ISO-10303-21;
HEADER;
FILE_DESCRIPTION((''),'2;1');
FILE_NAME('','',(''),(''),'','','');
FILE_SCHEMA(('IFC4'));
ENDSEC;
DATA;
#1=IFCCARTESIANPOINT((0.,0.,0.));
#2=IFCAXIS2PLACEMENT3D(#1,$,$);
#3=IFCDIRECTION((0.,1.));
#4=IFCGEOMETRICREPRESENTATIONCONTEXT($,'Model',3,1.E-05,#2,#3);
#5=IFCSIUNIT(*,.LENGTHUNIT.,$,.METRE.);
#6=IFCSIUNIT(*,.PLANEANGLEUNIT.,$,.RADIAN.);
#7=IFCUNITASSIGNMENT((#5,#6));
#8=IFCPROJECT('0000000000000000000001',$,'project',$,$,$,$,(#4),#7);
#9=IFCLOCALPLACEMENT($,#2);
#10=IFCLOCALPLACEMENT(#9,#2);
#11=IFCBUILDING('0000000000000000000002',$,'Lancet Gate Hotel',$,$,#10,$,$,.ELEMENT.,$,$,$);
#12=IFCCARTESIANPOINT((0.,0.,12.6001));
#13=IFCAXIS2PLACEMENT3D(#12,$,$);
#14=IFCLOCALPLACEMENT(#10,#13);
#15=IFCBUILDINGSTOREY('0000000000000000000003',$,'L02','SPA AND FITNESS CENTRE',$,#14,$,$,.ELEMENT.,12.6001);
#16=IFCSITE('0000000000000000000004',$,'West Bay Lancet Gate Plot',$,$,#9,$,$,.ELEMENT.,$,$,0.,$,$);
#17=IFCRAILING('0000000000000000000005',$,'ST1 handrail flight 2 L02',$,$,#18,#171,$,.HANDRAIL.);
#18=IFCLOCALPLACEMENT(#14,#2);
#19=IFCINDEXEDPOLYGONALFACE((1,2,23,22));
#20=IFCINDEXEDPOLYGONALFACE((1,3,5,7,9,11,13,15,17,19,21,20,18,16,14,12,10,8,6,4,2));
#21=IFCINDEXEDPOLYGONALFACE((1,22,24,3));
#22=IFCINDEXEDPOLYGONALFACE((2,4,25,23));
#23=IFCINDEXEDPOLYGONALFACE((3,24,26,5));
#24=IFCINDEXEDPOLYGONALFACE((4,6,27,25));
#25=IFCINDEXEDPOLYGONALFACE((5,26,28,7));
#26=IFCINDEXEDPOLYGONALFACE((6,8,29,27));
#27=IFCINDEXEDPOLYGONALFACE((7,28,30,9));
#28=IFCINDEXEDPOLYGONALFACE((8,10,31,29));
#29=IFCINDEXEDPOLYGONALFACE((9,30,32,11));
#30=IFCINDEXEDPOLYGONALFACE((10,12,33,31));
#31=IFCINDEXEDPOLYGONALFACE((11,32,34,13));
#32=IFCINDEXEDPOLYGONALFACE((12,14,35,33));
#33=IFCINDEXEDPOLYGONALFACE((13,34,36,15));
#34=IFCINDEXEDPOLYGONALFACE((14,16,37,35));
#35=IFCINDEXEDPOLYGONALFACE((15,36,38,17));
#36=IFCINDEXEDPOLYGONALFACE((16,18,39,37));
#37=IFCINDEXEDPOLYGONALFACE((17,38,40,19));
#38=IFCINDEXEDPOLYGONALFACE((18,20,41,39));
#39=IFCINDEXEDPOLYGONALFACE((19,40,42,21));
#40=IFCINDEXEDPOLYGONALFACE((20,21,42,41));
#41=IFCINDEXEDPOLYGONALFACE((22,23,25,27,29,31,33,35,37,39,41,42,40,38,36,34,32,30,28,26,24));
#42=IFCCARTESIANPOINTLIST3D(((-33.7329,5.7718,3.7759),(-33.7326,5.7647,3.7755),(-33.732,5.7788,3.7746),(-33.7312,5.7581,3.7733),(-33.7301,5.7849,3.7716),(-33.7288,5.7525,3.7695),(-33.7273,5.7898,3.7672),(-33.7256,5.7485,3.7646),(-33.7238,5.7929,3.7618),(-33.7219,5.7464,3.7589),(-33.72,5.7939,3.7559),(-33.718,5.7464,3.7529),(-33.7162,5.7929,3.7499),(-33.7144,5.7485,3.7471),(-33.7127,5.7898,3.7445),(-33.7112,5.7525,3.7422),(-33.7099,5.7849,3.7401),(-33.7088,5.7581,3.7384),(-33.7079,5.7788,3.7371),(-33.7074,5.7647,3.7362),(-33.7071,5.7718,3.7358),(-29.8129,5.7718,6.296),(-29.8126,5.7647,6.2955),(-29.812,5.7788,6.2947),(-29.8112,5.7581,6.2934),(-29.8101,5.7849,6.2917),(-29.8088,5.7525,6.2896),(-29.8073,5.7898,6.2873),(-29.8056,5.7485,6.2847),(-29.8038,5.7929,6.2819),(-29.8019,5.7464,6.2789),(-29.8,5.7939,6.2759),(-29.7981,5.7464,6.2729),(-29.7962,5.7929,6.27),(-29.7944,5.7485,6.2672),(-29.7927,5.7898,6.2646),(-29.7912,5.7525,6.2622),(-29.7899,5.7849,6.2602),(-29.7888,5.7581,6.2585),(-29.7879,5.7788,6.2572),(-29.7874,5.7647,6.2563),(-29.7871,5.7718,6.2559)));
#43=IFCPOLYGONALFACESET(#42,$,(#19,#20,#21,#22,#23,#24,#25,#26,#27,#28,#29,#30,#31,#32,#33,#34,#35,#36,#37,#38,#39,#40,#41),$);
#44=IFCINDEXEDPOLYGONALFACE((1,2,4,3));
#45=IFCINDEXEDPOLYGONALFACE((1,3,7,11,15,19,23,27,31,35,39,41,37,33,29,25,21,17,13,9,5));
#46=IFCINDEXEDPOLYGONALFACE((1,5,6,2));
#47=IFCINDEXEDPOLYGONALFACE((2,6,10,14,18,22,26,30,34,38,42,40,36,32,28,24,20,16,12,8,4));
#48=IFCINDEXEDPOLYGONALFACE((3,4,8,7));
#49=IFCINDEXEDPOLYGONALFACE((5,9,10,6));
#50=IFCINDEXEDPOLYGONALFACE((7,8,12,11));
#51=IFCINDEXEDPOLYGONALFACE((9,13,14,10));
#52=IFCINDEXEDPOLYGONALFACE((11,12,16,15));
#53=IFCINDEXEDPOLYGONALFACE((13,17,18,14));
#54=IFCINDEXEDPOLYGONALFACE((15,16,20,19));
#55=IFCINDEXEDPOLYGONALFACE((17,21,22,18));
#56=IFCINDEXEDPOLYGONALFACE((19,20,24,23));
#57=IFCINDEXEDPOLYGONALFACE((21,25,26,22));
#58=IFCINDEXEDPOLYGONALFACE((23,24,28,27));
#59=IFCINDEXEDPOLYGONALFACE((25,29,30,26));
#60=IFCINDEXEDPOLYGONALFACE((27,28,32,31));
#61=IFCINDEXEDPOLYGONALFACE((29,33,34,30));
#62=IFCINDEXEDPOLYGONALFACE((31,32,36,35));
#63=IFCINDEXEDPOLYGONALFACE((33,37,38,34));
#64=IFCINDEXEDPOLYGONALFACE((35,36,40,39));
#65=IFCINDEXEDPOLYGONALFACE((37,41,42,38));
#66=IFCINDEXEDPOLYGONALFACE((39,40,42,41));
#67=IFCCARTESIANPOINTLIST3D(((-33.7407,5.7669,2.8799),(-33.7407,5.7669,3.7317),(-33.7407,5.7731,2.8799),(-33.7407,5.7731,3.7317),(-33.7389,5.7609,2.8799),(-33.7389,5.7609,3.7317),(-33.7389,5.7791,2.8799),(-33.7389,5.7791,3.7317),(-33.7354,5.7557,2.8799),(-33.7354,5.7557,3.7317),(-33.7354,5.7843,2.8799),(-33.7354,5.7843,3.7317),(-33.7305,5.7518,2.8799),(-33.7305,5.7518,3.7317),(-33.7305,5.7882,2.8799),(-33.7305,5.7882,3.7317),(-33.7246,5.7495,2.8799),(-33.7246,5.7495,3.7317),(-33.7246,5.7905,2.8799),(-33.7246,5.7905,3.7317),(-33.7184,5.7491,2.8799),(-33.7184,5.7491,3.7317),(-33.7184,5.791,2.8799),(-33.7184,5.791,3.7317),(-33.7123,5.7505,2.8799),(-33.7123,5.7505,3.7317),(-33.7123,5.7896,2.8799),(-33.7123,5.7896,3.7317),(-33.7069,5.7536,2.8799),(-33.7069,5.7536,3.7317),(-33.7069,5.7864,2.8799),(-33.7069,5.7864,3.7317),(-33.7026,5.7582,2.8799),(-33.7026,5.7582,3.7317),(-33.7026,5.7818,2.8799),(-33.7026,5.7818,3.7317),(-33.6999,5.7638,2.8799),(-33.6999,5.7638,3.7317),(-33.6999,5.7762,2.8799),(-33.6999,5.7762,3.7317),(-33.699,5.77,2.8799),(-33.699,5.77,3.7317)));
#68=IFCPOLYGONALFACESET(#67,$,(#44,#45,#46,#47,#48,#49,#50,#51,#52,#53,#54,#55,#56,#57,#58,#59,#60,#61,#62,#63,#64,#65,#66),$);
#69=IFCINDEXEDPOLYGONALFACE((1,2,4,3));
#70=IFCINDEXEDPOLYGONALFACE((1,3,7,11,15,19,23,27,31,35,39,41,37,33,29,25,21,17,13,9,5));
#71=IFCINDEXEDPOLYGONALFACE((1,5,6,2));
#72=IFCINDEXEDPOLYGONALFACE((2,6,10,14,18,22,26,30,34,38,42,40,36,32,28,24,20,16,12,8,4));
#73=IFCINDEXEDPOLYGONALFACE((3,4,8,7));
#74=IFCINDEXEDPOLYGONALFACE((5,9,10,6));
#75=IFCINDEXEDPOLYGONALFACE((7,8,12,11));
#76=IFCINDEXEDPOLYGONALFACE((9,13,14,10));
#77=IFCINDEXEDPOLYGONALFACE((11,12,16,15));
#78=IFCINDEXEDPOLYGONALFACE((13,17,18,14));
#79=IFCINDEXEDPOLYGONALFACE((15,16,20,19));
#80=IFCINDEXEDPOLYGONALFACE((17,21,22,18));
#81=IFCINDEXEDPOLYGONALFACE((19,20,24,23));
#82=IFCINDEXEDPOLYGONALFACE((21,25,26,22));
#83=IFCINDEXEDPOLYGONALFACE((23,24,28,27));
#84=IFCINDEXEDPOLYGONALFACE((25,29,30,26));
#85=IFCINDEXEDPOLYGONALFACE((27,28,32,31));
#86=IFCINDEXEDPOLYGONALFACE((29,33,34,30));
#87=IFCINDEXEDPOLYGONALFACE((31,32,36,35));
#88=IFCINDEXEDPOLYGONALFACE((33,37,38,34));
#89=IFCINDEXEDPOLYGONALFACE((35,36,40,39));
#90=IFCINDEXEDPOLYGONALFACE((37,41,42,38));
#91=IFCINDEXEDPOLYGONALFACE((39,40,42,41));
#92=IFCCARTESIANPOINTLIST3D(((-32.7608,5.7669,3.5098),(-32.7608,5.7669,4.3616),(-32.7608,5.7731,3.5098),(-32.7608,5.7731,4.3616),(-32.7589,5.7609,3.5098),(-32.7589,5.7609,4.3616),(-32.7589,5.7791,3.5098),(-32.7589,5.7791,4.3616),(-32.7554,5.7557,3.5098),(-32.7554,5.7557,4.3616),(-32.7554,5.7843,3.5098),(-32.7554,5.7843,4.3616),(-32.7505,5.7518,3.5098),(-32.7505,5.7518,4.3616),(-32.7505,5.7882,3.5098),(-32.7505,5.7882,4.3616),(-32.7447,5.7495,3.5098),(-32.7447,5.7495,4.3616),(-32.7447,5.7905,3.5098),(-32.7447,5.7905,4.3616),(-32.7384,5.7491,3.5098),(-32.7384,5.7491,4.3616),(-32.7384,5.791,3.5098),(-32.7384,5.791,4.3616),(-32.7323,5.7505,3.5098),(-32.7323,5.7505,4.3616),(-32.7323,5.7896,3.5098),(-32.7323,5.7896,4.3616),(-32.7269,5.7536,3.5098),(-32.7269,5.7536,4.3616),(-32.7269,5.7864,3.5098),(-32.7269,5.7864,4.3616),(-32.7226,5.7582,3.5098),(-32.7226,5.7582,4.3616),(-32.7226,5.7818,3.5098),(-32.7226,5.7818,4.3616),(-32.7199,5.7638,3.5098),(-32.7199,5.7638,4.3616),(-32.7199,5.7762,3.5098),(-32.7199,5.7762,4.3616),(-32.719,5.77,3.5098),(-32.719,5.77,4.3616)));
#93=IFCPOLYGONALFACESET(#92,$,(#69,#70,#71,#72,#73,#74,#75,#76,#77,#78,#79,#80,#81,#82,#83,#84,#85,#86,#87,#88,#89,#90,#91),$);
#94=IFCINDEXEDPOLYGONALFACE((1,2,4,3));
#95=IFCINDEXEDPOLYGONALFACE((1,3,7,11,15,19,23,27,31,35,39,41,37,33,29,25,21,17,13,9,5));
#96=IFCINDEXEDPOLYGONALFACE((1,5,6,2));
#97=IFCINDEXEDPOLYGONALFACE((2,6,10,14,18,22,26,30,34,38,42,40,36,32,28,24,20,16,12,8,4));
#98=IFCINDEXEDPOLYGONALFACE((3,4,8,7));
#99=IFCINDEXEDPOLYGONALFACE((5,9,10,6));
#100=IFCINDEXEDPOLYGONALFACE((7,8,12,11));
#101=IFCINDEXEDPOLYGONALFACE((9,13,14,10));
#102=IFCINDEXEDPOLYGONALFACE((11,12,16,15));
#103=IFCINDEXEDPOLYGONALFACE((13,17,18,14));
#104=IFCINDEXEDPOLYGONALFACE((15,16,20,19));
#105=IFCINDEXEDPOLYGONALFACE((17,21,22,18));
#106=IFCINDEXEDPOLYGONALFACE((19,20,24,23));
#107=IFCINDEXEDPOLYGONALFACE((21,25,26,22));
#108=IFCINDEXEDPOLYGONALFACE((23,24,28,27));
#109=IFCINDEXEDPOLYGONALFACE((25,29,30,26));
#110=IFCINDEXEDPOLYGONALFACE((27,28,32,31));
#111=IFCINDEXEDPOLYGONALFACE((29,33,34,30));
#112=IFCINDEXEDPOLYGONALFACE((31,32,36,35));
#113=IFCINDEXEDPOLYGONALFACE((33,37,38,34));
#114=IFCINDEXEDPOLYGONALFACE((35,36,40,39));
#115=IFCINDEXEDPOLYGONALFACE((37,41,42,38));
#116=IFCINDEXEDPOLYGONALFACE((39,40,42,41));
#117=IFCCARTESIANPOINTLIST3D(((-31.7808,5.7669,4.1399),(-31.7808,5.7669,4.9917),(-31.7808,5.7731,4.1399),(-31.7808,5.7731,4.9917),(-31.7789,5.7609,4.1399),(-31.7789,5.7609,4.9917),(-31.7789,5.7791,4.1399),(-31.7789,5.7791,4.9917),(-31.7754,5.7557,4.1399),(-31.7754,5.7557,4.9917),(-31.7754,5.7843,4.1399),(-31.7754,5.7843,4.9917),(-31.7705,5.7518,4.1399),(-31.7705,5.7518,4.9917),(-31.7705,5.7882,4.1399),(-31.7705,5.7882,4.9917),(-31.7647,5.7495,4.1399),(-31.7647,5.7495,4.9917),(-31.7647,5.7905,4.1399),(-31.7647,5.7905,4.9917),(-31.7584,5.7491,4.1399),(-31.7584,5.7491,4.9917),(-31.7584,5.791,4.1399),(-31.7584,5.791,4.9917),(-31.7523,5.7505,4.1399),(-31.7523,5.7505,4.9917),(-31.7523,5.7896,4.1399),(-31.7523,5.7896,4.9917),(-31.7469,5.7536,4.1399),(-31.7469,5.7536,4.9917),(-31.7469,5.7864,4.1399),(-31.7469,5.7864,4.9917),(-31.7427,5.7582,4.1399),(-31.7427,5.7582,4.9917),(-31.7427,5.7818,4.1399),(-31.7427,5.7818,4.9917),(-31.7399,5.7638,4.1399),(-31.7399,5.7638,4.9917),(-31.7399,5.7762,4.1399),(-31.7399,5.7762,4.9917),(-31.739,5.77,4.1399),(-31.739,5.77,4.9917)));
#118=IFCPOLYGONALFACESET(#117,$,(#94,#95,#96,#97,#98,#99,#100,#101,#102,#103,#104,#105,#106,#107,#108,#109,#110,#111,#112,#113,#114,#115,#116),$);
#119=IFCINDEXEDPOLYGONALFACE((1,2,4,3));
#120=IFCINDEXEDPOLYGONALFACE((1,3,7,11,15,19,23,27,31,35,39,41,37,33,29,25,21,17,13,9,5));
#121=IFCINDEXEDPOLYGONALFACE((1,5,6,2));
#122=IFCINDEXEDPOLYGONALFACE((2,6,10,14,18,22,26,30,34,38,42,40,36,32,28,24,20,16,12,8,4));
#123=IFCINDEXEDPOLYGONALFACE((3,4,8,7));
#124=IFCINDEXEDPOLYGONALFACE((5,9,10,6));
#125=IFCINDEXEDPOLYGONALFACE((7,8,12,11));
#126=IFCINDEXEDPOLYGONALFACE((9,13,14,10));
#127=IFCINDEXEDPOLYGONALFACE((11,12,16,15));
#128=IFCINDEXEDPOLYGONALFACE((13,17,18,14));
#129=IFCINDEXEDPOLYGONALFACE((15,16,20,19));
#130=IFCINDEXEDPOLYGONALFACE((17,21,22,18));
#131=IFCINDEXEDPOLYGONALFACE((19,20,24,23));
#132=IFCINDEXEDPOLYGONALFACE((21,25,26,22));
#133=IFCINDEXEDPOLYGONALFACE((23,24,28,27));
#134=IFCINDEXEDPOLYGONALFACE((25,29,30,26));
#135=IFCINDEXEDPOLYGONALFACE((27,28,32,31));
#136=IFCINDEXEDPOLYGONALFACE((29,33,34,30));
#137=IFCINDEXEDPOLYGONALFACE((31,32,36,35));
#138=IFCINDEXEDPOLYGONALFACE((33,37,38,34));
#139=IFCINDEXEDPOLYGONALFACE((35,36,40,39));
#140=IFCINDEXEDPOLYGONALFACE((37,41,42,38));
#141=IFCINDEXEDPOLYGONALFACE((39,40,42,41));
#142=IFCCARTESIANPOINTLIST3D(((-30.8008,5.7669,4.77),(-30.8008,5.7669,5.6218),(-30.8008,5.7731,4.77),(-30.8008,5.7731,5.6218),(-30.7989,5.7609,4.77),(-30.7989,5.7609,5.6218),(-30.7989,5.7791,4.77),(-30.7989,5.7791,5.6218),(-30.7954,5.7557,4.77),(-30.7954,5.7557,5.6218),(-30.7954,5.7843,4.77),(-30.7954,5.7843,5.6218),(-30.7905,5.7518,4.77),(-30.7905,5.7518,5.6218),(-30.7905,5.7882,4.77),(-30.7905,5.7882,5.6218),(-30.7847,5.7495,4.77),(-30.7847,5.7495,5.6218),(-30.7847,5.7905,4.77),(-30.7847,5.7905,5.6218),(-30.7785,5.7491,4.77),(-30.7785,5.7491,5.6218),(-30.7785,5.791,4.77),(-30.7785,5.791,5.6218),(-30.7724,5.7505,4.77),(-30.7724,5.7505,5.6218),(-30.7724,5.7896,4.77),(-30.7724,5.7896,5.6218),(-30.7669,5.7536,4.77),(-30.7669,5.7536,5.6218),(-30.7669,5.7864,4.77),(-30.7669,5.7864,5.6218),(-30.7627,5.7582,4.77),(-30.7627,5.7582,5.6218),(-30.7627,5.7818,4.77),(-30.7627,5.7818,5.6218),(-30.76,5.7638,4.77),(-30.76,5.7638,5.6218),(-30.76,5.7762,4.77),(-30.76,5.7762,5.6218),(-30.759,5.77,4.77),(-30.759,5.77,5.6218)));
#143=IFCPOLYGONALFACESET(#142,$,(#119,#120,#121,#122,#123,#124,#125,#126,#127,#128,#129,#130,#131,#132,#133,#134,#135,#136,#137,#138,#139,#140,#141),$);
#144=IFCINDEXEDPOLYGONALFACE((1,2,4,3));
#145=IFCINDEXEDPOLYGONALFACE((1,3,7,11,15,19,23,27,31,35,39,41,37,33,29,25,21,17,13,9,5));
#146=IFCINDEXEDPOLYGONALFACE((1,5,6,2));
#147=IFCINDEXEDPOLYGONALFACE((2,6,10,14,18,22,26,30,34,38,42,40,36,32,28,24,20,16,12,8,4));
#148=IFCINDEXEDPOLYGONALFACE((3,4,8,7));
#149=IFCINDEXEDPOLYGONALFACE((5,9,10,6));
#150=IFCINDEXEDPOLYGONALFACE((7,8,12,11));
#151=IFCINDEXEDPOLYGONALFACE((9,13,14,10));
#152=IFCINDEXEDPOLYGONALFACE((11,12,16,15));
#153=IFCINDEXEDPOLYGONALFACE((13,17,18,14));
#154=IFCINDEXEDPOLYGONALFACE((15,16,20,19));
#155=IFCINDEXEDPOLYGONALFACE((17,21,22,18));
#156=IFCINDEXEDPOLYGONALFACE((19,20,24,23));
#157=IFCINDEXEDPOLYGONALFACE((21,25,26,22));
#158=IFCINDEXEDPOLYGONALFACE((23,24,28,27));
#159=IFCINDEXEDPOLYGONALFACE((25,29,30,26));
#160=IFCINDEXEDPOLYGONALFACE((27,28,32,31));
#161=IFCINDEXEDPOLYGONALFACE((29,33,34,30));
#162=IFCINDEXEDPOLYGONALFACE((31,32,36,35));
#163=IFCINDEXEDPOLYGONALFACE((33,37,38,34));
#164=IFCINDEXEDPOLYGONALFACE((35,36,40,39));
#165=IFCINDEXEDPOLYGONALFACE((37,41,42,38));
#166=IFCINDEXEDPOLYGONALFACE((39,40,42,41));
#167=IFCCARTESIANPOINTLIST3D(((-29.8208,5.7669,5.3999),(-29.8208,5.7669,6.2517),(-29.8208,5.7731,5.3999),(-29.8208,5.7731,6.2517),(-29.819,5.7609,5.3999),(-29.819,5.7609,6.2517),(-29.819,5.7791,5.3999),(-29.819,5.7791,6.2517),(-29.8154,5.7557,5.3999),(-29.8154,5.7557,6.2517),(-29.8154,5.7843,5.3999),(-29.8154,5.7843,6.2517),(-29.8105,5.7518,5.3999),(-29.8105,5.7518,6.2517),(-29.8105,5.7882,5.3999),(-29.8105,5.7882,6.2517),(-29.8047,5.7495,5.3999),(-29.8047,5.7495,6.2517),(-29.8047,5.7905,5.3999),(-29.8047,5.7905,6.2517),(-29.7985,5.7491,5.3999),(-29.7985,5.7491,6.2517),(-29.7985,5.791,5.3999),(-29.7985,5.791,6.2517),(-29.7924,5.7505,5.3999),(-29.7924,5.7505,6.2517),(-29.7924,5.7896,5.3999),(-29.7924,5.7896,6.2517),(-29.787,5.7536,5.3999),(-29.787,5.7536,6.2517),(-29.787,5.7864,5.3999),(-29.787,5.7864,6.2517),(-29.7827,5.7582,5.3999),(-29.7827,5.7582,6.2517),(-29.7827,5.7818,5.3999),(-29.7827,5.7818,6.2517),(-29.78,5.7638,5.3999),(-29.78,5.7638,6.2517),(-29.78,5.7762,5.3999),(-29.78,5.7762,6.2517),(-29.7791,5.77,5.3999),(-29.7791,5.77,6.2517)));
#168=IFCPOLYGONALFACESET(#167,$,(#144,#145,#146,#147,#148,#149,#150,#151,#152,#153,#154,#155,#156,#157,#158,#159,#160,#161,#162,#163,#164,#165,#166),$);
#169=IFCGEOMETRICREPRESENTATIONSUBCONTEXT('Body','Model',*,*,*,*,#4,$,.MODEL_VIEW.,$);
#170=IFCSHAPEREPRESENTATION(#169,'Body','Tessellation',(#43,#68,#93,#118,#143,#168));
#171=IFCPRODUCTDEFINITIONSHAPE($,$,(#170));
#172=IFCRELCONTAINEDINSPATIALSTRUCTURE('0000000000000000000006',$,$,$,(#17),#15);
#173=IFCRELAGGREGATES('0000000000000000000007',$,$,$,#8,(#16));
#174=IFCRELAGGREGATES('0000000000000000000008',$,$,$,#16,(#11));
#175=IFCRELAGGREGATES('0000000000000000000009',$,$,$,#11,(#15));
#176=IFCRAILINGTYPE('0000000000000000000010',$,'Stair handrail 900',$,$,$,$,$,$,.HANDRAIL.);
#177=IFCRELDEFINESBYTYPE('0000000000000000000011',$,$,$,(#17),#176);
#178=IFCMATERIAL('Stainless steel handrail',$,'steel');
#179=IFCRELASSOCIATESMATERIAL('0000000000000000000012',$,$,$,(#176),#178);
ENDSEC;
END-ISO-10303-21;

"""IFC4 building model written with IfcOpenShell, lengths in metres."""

from ifc_helpers import new_model, si_unit, direction, frame, origin, origin_2d, place, context, subcontext, project, spatial, circle, extrude, material, type_object, element, save


model = new_model("IFC4")

# Units and contexts
model_context = context("Model", 3, precision=1e-05, world=origin(), true_north=direction((0.0, 1.0)))
body_context = subcontext(model_context, "Body", "Model", "MODEL_VIEW")
ifc_project = project(units=[si_unit("LENGTHUNIT", "METRE"), si_unit("PLANEANGLEUNIT", "RADIAN")], contexts=[model_context])

# Site, building, storey
site_placement = place(None, origin())
site = spatial("IfcSite", under=ifc_project, at=site_placement, Name="West Bay Lancet Gate Plot", CompositionType="ELEMENT", RefElevation=0.0)
building_placement = place(site_placement, origin())
building = spatial("IfcBuilding", under=site, at=building_placement, Name="Lancet Gate Hotel", CompositionType="ELEMENT")
storey_placement = place(building_placement, frame((0.0, 0.0, 12.6001)))
storey = spatial("IfcBuildingStorey", under=building, at=storey_placement, Name="L02", Description="SPA AND FITNESS CENTRE", CompositionType="ELEMENT", Elevation=12.6001)

# Railing
ifc_material_1 = material(Name="Stainless steel handrail", Category="steel")
railing_type = type_object("IfcRailingType", Name="Stair handrail 900", PredefinedType="HANDRAIL", material=ifc_material_1)
railing_1_placement = place(storey_placement, frame((-33.72, 5.77, 2.8799)))
element("IfcRailing", 1, at=railing_1_placement, inside=storey, type_object=railing_type, Name="ST1 handrail flight 2 L02", PredefinedType="HANDRAIL", context=body_context, shape_type="SweptSolid", body=[
    extrude(circle(Radius=0.0239, at=origin_2d()), frame((0.0, 0.0, 0.876), z_axis=(0.841172, 0.0, 0.540768), x_axis=(0.0, 1.0, 0.0)), (0.0, 0.0, 1.0), 4.6602),
    extrude(circle(Radius=0.021, at=origin_2d()), origin(), (0.0, 0.0, 1.0), 0.8518),
    extrude(circle(Radius=0.021, at=origin_2d()), frame((0.98, 0.0, 0.6299)), (0.0, 0.0, 1.0), 0.8518),
    extrude(circle(Radius=0.021, at=origin_2d()), frame((1.96, 0.0, 1.26)), (0.0, 0.0, 1.0), 0.8518),
    extrude(circle(Radius=0.021, at=origin_2d()), frame((2.9399, 0.0, 1.8901)), (0.0, 0.0, 1.0), 0.8518),
    extrude(circle(Radius=0.021, at=origin_2d()), frame((3.9199, 0.0, 2.52)), (0.0, 0.0, 1.0), 0.8518),
])

save(model, "model.ifc")
